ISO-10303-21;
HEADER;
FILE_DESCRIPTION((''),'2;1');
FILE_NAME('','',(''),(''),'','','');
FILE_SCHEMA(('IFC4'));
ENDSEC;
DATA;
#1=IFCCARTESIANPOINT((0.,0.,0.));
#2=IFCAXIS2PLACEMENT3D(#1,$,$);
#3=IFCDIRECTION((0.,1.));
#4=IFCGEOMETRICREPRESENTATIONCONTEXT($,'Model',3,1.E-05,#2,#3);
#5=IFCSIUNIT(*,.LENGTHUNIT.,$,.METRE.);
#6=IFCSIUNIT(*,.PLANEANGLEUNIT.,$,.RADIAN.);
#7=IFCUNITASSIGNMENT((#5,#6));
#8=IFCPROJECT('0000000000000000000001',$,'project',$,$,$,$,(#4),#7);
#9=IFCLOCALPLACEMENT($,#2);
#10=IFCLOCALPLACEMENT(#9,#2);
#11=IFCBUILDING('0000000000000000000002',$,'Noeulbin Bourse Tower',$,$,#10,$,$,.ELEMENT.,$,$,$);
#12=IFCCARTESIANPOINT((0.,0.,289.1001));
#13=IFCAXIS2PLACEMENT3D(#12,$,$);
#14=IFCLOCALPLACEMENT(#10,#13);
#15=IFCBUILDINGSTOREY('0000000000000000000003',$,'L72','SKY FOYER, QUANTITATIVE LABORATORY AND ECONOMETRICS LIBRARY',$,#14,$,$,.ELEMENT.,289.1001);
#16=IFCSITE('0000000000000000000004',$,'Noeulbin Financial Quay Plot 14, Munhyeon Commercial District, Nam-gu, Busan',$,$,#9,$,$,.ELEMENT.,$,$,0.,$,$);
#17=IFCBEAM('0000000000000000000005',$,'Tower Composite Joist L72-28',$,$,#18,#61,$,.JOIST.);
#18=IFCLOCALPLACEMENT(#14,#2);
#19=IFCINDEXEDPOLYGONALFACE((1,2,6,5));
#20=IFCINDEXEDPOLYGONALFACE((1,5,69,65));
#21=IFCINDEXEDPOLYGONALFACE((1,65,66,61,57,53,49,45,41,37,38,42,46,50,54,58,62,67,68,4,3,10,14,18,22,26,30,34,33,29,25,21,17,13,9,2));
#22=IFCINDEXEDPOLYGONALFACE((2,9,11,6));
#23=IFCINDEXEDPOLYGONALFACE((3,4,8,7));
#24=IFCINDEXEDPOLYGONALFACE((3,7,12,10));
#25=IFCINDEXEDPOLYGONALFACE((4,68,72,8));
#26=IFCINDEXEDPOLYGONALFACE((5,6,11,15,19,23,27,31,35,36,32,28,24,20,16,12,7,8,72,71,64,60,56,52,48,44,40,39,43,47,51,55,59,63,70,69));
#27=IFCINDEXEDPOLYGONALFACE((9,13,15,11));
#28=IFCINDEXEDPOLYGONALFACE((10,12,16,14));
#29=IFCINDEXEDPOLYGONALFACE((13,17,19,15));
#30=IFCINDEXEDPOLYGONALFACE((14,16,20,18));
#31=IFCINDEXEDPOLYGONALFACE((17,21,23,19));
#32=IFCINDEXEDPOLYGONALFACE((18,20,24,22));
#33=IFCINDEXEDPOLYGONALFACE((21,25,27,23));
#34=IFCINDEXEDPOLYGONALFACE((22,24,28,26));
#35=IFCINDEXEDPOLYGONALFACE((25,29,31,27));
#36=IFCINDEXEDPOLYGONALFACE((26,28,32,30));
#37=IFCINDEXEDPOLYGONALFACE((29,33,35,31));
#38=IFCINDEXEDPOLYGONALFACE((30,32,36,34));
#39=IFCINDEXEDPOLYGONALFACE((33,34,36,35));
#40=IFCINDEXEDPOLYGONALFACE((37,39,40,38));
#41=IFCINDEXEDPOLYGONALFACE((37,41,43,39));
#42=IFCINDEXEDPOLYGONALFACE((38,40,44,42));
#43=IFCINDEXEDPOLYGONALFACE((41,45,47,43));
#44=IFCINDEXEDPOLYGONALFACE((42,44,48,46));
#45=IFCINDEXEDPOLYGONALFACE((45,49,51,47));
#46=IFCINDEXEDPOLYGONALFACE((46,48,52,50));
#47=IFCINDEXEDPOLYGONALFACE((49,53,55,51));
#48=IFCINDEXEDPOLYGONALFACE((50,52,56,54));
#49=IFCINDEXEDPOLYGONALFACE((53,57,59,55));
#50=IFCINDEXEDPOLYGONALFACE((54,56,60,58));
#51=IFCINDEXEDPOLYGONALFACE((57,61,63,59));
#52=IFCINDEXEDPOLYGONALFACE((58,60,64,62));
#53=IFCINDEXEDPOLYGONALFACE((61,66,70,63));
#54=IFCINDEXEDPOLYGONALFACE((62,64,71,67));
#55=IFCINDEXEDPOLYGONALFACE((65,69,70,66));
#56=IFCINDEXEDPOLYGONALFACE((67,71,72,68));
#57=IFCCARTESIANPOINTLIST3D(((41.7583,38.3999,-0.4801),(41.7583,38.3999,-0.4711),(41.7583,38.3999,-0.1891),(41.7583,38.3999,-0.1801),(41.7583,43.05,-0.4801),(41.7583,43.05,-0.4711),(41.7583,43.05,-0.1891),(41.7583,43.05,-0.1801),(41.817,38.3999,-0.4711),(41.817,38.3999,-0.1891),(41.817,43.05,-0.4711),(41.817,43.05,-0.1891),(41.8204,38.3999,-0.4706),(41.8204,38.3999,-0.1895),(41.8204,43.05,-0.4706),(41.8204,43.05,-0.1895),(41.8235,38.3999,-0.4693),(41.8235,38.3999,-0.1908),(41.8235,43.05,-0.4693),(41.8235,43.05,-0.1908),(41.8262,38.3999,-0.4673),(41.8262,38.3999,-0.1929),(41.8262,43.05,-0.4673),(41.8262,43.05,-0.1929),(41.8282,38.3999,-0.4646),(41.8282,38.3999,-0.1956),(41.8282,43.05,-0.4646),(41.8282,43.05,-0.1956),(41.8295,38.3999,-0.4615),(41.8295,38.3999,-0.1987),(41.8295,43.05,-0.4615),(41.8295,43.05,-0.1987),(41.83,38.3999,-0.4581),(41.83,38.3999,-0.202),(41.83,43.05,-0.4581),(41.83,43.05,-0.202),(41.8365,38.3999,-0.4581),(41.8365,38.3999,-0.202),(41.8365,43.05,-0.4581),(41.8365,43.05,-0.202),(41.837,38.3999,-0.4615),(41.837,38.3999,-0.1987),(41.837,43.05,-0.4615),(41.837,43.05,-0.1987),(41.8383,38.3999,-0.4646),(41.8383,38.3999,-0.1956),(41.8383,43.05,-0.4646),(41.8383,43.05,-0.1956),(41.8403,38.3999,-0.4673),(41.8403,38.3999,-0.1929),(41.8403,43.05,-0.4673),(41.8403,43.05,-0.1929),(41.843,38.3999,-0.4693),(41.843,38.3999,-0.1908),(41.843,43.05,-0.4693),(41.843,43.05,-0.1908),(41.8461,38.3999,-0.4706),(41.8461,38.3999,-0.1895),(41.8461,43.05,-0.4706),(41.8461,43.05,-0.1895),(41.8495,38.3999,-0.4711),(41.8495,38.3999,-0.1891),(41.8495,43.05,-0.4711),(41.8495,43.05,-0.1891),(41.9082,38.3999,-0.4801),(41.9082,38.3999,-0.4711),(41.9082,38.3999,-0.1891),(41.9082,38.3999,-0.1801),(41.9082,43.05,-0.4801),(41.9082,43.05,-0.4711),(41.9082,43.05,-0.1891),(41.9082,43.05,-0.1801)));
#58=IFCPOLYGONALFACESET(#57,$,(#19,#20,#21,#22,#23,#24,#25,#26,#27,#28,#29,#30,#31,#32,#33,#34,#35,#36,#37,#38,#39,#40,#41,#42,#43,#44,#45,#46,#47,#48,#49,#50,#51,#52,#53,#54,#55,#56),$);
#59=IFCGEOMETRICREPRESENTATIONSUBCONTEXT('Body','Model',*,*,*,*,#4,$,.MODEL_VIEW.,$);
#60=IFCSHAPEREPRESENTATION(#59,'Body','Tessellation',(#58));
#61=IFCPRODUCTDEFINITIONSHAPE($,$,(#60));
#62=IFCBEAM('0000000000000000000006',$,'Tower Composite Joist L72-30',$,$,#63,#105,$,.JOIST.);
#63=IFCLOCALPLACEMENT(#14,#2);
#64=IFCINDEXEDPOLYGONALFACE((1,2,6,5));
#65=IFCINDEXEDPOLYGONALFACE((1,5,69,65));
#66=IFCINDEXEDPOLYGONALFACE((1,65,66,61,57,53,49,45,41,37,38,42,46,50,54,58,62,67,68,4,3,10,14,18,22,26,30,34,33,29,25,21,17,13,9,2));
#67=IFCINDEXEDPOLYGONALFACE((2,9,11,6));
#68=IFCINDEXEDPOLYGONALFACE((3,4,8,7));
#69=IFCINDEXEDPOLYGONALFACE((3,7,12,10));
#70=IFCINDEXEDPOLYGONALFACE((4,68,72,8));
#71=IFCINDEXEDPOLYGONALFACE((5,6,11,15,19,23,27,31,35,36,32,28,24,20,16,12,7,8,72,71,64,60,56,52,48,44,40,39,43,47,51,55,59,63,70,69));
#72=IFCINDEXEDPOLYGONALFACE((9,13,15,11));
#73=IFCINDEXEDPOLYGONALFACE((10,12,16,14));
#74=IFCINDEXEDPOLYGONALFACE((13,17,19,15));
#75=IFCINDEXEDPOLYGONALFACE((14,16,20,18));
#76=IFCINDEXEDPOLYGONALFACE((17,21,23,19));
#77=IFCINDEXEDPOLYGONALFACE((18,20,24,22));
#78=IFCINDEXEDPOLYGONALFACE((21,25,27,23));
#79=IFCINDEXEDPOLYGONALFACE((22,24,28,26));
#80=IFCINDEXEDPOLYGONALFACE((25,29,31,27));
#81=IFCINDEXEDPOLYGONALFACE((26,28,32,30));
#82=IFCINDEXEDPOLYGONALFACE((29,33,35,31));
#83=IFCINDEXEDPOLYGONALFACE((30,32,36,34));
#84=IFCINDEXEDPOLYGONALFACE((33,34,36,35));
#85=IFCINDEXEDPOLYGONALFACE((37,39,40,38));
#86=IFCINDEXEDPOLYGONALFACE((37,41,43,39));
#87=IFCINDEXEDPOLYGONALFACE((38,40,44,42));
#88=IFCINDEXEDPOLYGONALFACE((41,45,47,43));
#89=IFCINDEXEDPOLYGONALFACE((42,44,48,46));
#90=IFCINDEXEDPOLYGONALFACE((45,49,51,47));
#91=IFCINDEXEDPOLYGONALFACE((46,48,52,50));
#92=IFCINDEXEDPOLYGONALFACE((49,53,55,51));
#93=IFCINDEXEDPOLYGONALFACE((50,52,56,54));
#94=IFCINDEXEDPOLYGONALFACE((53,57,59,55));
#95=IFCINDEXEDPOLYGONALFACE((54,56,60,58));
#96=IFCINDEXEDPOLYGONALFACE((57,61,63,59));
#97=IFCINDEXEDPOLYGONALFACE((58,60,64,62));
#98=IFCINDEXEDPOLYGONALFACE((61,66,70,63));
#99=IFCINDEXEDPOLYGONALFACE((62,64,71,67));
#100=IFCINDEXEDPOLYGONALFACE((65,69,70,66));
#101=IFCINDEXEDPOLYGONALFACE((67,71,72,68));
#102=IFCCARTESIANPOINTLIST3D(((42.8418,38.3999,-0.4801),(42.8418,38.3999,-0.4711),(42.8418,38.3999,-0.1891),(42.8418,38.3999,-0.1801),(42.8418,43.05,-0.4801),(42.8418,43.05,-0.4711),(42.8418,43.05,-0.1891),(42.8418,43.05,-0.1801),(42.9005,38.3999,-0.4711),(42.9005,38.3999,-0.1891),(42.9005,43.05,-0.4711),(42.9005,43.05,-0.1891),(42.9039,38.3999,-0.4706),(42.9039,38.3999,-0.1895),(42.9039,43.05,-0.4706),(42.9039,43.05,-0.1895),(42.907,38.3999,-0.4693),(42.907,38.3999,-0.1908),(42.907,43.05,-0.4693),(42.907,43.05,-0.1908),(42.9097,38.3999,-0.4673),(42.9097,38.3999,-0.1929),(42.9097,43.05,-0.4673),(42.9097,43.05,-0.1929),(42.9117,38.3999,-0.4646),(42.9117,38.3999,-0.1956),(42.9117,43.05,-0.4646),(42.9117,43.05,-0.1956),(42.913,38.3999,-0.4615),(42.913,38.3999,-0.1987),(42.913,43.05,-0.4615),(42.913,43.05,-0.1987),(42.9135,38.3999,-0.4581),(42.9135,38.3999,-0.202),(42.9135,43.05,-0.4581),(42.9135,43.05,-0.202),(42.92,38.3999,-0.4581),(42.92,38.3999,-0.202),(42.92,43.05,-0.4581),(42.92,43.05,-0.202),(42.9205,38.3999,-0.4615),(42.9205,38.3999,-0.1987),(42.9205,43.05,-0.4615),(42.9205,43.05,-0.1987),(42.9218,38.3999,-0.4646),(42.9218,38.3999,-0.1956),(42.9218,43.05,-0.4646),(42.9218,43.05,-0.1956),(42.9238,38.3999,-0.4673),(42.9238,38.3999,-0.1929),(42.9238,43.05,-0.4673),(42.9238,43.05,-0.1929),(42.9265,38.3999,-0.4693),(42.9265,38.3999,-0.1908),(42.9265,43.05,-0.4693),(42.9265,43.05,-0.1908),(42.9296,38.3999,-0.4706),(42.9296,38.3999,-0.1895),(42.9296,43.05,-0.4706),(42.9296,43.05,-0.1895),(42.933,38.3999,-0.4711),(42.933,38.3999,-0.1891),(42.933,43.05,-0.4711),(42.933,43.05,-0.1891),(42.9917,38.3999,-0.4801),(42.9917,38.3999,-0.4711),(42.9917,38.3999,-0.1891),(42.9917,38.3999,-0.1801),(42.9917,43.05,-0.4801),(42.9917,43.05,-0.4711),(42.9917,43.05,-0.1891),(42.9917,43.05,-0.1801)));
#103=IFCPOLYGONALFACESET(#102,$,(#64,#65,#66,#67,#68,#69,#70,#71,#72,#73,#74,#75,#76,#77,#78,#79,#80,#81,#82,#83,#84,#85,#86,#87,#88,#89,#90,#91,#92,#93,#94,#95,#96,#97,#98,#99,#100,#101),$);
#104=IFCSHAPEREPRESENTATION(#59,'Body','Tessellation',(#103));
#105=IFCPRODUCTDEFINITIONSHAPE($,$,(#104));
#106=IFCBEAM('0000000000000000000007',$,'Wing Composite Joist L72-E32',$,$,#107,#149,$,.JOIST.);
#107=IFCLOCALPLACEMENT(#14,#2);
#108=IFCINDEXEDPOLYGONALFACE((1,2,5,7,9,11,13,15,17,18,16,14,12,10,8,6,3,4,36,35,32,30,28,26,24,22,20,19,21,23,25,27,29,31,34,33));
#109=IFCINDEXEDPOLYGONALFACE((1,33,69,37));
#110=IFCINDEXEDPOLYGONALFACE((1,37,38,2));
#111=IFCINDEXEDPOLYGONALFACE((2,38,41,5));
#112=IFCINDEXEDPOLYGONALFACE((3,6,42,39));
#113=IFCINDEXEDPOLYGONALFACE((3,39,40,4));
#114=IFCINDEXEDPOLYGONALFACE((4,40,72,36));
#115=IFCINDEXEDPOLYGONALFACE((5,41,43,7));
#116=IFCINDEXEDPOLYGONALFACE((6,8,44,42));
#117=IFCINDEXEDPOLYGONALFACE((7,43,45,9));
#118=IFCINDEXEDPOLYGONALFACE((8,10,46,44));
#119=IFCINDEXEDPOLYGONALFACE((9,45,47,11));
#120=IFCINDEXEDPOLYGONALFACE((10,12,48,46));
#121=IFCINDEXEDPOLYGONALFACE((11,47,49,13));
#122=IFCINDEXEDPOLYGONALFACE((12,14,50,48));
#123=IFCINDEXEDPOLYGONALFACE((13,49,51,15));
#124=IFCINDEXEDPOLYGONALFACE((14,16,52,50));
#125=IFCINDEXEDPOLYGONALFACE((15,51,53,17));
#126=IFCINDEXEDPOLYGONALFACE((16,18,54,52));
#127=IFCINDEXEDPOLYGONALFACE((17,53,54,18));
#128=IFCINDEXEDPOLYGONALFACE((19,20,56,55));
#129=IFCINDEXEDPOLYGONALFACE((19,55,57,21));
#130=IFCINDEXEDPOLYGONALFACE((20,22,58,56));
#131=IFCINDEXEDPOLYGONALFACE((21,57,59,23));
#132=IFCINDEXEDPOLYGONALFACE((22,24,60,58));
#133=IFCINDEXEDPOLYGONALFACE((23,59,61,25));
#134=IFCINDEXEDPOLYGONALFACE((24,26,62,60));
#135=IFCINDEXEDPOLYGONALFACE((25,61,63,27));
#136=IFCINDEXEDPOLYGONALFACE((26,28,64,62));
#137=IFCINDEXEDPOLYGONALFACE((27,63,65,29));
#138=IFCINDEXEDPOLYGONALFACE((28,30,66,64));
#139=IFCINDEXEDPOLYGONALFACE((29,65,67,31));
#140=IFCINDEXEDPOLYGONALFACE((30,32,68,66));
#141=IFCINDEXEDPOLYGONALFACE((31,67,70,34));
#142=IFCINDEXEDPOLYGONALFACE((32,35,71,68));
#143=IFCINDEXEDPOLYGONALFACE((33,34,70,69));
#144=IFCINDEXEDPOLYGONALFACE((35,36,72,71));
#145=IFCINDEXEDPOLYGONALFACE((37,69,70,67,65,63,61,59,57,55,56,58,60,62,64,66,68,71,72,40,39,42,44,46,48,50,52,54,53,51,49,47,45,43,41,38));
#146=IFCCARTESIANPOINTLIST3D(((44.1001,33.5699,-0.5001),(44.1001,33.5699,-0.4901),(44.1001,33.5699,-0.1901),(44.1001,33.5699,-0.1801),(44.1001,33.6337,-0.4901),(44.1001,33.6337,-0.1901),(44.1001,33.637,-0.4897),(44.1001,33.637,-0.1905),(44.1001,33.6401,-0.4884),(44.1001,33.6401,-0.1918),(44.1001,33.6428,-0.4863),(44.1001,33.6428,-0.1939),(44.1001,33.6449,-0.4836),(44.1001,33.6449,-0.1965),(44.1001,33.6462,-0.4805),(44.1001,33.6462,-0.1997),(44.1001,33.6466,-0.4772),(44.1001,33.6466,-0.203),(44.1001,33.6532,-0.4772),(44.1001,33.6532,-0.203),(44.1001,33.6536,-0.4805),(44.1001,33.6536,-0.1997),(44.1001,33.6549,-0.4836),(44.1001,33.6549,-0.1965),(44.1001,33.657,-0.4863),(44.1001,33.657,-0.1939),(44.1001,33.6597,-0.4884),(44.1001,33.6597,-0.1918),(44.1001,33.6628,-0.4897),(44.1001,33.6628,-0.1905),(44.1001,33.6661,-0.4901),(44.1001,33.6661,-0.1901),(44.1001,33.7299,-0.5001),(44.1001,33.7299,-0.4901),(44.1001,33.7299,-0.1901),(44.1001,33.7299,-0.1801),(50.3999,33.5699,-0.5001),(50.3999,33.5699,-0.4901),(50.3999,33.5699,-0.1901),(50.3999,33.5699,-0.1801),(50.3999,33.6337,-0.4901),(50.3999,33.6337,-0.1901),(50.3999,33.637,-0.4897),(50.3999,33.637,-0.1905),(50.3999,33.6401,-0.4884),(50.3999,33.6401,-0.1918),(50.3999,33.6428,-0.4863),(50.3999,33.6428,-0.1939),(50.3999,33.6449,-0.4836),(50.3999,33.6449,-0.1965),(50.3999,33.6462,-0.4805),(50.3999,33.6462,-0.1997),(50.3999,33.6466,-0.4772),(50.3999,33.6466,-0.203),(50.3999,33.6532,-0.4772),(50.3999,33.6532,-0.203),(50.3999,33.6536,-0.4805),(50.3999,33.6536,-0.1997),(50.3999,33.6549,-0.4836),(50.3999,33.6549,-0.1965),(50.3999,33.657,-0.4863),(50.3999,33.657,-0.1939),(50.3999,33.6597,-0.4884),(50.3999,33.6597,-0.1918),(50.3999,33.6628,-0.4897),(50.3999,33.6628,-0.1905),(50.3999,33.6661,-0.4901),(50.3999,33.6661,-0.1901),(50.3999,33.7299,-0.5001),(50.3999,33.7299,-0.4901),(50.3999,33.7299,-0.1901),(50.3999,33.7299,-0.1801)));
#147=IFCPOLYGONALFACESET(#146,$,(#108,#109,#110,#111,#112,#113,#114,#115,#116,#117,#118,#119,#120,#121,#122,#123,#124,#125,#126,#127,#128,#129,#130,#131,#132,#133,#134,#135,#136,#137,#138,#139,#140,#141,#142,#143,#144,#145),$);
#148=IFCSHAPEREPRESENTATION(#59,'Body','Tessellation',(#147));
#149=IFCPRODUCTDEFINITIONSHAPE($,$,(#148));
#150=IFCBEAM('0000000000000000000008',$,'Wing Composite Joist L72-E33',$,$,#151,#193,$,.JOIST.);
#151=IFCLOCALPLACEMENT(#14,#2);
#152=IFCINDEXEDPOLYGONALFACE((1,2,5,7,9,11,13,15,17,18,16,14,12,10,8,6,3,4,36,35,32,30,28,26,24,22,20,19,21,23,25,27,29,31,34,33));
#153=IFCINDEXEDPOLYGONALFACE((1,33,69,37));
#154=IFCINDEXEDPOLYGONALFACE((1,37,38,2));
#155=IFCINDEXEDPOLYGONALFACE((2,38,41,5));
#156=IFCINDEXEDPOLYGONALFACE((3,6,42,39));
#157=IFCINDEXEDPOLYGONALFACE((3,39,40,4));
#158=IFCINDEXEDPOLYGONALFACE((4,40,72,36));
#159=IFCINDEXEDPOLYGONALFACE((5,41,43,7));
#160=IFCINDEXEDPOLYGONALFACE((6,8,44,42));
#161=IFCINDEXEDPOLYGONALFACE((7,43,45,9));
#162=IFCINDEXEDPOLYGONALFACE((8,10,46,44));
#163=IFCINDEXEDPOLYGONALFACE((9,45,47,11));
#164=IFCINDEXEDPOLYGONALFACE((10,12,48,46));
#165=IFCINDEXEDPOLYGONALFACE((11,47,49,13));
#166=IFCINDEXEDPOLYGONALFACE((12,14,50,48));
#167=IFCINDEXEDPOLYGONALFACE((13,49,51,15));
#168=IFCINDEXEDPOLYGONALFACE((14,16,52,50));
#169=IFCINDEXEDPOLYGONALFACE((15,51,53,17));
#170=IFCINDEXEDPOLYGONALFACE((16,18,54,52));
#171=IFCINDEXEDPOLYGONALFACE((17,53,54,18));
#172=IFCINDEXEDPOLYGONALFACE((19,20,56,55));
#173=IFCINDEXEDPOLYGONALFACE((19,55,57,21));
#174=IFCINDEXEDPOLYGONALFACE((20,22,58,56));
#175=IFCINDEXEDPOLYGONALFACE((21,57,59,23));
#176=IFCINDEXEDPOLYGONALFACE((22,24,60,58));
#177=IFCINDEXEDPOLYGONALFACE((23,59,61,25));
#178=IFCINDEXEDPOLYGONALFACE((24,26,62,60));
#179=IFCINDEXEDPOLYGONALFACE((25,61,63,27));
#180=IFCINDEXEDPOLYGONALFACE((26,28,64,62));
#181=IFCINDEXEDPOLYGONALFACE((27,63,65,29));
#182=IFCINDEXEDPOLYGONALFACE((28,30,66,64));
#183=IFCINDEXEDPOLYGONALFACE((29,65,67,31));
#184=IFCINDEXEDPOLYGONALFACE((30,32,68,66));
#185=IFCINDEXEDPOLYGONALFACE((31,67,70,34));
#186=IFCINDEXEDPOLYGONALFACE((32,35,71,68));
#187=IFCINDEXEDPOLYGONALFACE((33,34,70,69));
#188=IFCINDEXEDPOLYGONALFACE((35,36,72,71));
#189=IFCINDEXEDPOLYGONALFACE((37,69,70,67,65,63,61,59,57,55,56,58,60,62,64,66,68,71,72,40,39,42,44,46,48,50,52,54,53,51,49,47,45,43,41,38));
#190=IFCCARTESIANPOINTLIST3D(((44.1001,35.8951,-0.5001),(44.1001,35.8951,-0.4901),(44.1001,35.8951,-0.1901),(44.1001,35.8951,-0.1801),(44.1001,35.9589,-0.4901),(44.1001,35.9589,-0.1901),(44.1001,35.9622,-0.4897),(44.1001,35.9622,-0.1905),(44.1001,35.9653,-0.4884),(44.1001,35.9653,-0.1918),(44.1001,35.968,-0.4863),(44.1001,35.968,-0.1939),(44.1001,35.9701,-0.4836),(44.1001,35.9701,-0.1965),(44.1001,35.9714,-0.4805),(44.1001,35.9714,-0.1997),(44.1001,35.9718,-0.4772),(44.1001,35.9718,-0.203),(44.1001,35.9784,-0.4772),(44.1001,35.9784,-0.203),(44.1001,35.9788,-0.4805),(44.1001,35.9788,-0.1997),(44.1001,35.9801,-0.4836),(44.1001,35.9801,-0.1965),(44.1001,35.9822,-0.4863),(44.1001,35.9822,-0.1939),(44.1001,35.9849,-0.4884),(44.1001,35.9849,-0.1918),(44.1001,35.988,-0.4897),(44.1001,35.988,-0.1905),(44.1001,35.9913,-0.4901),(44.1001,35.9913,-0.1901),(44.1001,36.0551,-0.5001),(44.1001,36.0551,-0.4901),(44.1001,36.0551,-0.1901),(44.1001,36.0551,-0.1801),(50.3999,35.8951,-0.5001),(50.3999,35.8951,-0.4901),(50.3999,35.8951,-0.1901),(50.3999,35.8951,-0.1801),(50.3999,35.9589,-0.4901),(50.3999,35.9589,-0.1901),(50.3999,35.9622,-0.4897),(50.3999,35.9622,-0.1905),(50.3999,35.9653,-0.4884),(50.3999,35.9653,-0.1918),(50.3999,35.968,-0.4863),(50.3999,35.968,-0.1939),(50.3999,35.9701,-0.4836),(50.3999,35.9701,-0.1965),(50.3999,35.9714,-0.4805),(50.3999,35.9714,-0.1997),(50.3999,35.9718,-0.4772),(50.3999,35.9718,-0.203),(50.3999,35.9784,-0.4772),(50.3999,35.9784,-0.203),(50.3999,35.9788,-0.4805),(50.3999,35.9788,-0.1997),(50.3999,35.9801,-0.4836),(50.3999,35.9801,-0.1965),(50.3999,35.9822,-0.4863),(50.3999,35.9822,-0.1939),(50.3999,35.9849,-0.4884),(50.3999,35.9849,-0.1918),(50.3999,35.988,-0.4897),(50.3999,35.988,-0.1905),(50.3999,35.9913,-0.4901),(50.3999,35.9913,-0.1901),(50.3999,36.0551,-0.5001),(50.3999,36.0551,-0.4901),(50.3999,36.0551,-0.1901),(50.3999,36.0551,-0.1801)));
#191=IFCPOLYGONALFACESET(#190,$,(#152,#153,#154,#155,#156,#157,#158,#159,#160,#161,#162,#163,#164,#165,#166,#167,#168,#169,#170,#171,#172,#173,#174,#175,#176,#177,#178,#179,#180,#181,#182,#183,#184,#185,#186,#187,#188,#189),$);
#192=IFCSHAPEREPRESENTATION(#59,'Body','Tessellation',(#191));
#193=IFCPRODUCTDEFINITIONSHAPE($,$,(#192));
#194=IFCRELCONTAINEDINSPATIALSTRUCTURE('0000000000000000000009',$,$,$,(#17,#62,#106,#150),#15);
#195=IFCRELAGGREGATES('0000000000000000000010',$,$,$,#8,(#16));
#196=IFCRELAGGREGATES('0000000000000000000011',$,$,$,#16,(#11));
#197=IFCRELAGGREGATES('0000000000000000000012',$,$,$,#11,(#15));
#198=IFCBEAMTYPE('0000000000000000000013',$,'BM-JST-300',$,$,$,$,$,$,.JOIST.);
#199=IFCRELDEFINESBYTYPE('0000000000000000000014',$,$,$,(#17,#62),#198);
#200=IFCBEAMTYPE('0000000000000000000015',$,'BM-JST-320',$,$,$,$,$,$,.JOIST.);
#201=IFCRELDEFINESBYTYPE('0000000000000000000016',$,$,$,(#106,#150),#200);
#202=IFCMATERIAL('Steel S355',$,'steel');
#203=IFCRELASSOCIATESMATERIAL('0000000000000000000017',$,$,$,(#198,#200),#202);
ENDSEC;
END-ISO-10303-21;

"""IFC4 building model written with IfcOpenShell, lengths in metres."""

from ifc_helpers import new_model, si_unit, direction, frame, origin, origin_2d, place, context, subcontext, project, spatial, i_section, extrude, material, material_profile, profile_set, type_object, element, save


model = new_model("IFC4")

# Units and contexts
model_context = context("Model", 3, precision=1e-05, world=origin(), true_north=direction((0.0, 1.0)))
body_context = subcontext(model_context, "Body", "Model", "MODEL_VIEW")
ifc_project = project(units=[si_unit("LENGTHUNIT", "METRE"), si_unit("PLANEANGLEUNIT", "RADIAN")], contexts=[model_context])

# Site, building, storey
site_placement = place(None, origin())
site = spatial("IfcSite", under=ifc_project, at=site_placement, Name="Noeulbin Financial Quay Plot 14, Munhyeon Commercial District, Nam-gu, Busan", CompositionType="ELEMENT", RefElevation=0.0)
building_placement = place(site_placement, origin())
building = spatial("IfcBuilding", under=site, at=building_placement, Name="Noeulbin Bourse Tower", CompositionType="ELEMENT")
storey_placement = place(building_placement, frame((0.0, 0.0, 289.1001)))
storey = spatial("IfcBuildingStorey", under=building, at=storey_placement, Name="L72", Description="SKY FOYER, QUANTITATIVE LABORATORY AND ECONOMETRICS LIBRARY", CompositionType="ELEMENT", Elevation=289.1001)

# Shared definitions
ifc_material_1 = material(Name="Steel S355", Category="steel")

# Beams
ifc_material_profile_1 = material_profile(ifc_material_1, i_section(OverallWidth=0.1499, OverallDepth=0.3, WebThickness=0.0066, FlangeThickness=0.009, FilletRadius=0.0129, at=origin_2d()), Name="H-300x150x6.5x9", Category="LoadBearing")
ifc_profile_set_1 = profile_set([ifc_material_profile_1], Name="Steel S355")
beam_type_1 = type_object("IfcBeamType", Name="BM-JST-300", PredefinedType="JOIST", material=ifc_profile_set_1)
for number, where, z_axis, x_axis, name in (
    (1, (41.8333, 38.3999, -0.3301), (0.0, 1.0, 0.0), (-1.0, 0.0, 0.0), "Tower Composite Joist L72-28"),
    (2, (42.9167, 38.3999, -0.3301), (0.0, 1.0, 0.0), (-1.0, 0.0, 0.0), "Tower Composite Joist L72-30"),
):
    element("IfcBeam", number, at=place(storey_placement, frame(where, z_axis=z_axis, x_axis=x_axis)), inside=storey, type_object=beam_type_1, Name=name, PredefinedType="JOIST", context=body_context, shape_type="SweptSolid", body=[
        extrude(i_section(OverallWidth=0.1499, OverallDepth=0.3, WebThickness=0.0066, FlangeThickness=0.009, FilletRadius=0.0129, at=origin_2d()), origin(), (0.0, 0.0, 1.0), 4.6501),
    ])
ifc_material_profile_2 = material_profile(ifc_material_1, i_section(OverallWidth=0.1599, OverallDepth=0.3201, WebThickness=0.0066, FlangeThickness=0.01, FilletRadius=0.0129, at=origin_2d()), Name="H-320x160x6.5x10", Category="LoadBearing")
ifc_profile_set_2 = profile_set([ifc_material_profile_2], Name="Steel S355")
beam_type_2 = type_object("IfcBeamType", Name="BM-JST-320", PredefinedType="JOIST", material=ifc_profile_set_2)
for number, where, z_axis, x_axis, name in (
    (3, (44.1001, 33.6499, -0.3401), (1.0, 0.0, 0.0), (0.0, 1.0, 0.0), "Wing Composite Joist L72-E32"),
    (4, (44.1001, 35.9751, -0.3401), (1.0, 0.0, 0.0), (0.0, 1.0, 0.0), "Wing Composite Joist L72-E33"),
):
    element("IfcBeam", number, at=place(storey_placement, frame(where, z_axis=z_axis, x_axis=x_axis)), inside=storey, type_object=beam_type_2, Name=name, PredefinedType="JOIST", context=body_context, shape_type="SweptSolid", body=[
        extrude(i_section(OverallWidth=0.1599, OverallDepth=0.3201, WebThickness=0.0066, FlangeThickness=0.01, FilletRadius=0.0129, at=origin_2d()), origin(), (0.0, 0.0, 1.0), 6.2998),
    ])

save(model, "model.ifc")
